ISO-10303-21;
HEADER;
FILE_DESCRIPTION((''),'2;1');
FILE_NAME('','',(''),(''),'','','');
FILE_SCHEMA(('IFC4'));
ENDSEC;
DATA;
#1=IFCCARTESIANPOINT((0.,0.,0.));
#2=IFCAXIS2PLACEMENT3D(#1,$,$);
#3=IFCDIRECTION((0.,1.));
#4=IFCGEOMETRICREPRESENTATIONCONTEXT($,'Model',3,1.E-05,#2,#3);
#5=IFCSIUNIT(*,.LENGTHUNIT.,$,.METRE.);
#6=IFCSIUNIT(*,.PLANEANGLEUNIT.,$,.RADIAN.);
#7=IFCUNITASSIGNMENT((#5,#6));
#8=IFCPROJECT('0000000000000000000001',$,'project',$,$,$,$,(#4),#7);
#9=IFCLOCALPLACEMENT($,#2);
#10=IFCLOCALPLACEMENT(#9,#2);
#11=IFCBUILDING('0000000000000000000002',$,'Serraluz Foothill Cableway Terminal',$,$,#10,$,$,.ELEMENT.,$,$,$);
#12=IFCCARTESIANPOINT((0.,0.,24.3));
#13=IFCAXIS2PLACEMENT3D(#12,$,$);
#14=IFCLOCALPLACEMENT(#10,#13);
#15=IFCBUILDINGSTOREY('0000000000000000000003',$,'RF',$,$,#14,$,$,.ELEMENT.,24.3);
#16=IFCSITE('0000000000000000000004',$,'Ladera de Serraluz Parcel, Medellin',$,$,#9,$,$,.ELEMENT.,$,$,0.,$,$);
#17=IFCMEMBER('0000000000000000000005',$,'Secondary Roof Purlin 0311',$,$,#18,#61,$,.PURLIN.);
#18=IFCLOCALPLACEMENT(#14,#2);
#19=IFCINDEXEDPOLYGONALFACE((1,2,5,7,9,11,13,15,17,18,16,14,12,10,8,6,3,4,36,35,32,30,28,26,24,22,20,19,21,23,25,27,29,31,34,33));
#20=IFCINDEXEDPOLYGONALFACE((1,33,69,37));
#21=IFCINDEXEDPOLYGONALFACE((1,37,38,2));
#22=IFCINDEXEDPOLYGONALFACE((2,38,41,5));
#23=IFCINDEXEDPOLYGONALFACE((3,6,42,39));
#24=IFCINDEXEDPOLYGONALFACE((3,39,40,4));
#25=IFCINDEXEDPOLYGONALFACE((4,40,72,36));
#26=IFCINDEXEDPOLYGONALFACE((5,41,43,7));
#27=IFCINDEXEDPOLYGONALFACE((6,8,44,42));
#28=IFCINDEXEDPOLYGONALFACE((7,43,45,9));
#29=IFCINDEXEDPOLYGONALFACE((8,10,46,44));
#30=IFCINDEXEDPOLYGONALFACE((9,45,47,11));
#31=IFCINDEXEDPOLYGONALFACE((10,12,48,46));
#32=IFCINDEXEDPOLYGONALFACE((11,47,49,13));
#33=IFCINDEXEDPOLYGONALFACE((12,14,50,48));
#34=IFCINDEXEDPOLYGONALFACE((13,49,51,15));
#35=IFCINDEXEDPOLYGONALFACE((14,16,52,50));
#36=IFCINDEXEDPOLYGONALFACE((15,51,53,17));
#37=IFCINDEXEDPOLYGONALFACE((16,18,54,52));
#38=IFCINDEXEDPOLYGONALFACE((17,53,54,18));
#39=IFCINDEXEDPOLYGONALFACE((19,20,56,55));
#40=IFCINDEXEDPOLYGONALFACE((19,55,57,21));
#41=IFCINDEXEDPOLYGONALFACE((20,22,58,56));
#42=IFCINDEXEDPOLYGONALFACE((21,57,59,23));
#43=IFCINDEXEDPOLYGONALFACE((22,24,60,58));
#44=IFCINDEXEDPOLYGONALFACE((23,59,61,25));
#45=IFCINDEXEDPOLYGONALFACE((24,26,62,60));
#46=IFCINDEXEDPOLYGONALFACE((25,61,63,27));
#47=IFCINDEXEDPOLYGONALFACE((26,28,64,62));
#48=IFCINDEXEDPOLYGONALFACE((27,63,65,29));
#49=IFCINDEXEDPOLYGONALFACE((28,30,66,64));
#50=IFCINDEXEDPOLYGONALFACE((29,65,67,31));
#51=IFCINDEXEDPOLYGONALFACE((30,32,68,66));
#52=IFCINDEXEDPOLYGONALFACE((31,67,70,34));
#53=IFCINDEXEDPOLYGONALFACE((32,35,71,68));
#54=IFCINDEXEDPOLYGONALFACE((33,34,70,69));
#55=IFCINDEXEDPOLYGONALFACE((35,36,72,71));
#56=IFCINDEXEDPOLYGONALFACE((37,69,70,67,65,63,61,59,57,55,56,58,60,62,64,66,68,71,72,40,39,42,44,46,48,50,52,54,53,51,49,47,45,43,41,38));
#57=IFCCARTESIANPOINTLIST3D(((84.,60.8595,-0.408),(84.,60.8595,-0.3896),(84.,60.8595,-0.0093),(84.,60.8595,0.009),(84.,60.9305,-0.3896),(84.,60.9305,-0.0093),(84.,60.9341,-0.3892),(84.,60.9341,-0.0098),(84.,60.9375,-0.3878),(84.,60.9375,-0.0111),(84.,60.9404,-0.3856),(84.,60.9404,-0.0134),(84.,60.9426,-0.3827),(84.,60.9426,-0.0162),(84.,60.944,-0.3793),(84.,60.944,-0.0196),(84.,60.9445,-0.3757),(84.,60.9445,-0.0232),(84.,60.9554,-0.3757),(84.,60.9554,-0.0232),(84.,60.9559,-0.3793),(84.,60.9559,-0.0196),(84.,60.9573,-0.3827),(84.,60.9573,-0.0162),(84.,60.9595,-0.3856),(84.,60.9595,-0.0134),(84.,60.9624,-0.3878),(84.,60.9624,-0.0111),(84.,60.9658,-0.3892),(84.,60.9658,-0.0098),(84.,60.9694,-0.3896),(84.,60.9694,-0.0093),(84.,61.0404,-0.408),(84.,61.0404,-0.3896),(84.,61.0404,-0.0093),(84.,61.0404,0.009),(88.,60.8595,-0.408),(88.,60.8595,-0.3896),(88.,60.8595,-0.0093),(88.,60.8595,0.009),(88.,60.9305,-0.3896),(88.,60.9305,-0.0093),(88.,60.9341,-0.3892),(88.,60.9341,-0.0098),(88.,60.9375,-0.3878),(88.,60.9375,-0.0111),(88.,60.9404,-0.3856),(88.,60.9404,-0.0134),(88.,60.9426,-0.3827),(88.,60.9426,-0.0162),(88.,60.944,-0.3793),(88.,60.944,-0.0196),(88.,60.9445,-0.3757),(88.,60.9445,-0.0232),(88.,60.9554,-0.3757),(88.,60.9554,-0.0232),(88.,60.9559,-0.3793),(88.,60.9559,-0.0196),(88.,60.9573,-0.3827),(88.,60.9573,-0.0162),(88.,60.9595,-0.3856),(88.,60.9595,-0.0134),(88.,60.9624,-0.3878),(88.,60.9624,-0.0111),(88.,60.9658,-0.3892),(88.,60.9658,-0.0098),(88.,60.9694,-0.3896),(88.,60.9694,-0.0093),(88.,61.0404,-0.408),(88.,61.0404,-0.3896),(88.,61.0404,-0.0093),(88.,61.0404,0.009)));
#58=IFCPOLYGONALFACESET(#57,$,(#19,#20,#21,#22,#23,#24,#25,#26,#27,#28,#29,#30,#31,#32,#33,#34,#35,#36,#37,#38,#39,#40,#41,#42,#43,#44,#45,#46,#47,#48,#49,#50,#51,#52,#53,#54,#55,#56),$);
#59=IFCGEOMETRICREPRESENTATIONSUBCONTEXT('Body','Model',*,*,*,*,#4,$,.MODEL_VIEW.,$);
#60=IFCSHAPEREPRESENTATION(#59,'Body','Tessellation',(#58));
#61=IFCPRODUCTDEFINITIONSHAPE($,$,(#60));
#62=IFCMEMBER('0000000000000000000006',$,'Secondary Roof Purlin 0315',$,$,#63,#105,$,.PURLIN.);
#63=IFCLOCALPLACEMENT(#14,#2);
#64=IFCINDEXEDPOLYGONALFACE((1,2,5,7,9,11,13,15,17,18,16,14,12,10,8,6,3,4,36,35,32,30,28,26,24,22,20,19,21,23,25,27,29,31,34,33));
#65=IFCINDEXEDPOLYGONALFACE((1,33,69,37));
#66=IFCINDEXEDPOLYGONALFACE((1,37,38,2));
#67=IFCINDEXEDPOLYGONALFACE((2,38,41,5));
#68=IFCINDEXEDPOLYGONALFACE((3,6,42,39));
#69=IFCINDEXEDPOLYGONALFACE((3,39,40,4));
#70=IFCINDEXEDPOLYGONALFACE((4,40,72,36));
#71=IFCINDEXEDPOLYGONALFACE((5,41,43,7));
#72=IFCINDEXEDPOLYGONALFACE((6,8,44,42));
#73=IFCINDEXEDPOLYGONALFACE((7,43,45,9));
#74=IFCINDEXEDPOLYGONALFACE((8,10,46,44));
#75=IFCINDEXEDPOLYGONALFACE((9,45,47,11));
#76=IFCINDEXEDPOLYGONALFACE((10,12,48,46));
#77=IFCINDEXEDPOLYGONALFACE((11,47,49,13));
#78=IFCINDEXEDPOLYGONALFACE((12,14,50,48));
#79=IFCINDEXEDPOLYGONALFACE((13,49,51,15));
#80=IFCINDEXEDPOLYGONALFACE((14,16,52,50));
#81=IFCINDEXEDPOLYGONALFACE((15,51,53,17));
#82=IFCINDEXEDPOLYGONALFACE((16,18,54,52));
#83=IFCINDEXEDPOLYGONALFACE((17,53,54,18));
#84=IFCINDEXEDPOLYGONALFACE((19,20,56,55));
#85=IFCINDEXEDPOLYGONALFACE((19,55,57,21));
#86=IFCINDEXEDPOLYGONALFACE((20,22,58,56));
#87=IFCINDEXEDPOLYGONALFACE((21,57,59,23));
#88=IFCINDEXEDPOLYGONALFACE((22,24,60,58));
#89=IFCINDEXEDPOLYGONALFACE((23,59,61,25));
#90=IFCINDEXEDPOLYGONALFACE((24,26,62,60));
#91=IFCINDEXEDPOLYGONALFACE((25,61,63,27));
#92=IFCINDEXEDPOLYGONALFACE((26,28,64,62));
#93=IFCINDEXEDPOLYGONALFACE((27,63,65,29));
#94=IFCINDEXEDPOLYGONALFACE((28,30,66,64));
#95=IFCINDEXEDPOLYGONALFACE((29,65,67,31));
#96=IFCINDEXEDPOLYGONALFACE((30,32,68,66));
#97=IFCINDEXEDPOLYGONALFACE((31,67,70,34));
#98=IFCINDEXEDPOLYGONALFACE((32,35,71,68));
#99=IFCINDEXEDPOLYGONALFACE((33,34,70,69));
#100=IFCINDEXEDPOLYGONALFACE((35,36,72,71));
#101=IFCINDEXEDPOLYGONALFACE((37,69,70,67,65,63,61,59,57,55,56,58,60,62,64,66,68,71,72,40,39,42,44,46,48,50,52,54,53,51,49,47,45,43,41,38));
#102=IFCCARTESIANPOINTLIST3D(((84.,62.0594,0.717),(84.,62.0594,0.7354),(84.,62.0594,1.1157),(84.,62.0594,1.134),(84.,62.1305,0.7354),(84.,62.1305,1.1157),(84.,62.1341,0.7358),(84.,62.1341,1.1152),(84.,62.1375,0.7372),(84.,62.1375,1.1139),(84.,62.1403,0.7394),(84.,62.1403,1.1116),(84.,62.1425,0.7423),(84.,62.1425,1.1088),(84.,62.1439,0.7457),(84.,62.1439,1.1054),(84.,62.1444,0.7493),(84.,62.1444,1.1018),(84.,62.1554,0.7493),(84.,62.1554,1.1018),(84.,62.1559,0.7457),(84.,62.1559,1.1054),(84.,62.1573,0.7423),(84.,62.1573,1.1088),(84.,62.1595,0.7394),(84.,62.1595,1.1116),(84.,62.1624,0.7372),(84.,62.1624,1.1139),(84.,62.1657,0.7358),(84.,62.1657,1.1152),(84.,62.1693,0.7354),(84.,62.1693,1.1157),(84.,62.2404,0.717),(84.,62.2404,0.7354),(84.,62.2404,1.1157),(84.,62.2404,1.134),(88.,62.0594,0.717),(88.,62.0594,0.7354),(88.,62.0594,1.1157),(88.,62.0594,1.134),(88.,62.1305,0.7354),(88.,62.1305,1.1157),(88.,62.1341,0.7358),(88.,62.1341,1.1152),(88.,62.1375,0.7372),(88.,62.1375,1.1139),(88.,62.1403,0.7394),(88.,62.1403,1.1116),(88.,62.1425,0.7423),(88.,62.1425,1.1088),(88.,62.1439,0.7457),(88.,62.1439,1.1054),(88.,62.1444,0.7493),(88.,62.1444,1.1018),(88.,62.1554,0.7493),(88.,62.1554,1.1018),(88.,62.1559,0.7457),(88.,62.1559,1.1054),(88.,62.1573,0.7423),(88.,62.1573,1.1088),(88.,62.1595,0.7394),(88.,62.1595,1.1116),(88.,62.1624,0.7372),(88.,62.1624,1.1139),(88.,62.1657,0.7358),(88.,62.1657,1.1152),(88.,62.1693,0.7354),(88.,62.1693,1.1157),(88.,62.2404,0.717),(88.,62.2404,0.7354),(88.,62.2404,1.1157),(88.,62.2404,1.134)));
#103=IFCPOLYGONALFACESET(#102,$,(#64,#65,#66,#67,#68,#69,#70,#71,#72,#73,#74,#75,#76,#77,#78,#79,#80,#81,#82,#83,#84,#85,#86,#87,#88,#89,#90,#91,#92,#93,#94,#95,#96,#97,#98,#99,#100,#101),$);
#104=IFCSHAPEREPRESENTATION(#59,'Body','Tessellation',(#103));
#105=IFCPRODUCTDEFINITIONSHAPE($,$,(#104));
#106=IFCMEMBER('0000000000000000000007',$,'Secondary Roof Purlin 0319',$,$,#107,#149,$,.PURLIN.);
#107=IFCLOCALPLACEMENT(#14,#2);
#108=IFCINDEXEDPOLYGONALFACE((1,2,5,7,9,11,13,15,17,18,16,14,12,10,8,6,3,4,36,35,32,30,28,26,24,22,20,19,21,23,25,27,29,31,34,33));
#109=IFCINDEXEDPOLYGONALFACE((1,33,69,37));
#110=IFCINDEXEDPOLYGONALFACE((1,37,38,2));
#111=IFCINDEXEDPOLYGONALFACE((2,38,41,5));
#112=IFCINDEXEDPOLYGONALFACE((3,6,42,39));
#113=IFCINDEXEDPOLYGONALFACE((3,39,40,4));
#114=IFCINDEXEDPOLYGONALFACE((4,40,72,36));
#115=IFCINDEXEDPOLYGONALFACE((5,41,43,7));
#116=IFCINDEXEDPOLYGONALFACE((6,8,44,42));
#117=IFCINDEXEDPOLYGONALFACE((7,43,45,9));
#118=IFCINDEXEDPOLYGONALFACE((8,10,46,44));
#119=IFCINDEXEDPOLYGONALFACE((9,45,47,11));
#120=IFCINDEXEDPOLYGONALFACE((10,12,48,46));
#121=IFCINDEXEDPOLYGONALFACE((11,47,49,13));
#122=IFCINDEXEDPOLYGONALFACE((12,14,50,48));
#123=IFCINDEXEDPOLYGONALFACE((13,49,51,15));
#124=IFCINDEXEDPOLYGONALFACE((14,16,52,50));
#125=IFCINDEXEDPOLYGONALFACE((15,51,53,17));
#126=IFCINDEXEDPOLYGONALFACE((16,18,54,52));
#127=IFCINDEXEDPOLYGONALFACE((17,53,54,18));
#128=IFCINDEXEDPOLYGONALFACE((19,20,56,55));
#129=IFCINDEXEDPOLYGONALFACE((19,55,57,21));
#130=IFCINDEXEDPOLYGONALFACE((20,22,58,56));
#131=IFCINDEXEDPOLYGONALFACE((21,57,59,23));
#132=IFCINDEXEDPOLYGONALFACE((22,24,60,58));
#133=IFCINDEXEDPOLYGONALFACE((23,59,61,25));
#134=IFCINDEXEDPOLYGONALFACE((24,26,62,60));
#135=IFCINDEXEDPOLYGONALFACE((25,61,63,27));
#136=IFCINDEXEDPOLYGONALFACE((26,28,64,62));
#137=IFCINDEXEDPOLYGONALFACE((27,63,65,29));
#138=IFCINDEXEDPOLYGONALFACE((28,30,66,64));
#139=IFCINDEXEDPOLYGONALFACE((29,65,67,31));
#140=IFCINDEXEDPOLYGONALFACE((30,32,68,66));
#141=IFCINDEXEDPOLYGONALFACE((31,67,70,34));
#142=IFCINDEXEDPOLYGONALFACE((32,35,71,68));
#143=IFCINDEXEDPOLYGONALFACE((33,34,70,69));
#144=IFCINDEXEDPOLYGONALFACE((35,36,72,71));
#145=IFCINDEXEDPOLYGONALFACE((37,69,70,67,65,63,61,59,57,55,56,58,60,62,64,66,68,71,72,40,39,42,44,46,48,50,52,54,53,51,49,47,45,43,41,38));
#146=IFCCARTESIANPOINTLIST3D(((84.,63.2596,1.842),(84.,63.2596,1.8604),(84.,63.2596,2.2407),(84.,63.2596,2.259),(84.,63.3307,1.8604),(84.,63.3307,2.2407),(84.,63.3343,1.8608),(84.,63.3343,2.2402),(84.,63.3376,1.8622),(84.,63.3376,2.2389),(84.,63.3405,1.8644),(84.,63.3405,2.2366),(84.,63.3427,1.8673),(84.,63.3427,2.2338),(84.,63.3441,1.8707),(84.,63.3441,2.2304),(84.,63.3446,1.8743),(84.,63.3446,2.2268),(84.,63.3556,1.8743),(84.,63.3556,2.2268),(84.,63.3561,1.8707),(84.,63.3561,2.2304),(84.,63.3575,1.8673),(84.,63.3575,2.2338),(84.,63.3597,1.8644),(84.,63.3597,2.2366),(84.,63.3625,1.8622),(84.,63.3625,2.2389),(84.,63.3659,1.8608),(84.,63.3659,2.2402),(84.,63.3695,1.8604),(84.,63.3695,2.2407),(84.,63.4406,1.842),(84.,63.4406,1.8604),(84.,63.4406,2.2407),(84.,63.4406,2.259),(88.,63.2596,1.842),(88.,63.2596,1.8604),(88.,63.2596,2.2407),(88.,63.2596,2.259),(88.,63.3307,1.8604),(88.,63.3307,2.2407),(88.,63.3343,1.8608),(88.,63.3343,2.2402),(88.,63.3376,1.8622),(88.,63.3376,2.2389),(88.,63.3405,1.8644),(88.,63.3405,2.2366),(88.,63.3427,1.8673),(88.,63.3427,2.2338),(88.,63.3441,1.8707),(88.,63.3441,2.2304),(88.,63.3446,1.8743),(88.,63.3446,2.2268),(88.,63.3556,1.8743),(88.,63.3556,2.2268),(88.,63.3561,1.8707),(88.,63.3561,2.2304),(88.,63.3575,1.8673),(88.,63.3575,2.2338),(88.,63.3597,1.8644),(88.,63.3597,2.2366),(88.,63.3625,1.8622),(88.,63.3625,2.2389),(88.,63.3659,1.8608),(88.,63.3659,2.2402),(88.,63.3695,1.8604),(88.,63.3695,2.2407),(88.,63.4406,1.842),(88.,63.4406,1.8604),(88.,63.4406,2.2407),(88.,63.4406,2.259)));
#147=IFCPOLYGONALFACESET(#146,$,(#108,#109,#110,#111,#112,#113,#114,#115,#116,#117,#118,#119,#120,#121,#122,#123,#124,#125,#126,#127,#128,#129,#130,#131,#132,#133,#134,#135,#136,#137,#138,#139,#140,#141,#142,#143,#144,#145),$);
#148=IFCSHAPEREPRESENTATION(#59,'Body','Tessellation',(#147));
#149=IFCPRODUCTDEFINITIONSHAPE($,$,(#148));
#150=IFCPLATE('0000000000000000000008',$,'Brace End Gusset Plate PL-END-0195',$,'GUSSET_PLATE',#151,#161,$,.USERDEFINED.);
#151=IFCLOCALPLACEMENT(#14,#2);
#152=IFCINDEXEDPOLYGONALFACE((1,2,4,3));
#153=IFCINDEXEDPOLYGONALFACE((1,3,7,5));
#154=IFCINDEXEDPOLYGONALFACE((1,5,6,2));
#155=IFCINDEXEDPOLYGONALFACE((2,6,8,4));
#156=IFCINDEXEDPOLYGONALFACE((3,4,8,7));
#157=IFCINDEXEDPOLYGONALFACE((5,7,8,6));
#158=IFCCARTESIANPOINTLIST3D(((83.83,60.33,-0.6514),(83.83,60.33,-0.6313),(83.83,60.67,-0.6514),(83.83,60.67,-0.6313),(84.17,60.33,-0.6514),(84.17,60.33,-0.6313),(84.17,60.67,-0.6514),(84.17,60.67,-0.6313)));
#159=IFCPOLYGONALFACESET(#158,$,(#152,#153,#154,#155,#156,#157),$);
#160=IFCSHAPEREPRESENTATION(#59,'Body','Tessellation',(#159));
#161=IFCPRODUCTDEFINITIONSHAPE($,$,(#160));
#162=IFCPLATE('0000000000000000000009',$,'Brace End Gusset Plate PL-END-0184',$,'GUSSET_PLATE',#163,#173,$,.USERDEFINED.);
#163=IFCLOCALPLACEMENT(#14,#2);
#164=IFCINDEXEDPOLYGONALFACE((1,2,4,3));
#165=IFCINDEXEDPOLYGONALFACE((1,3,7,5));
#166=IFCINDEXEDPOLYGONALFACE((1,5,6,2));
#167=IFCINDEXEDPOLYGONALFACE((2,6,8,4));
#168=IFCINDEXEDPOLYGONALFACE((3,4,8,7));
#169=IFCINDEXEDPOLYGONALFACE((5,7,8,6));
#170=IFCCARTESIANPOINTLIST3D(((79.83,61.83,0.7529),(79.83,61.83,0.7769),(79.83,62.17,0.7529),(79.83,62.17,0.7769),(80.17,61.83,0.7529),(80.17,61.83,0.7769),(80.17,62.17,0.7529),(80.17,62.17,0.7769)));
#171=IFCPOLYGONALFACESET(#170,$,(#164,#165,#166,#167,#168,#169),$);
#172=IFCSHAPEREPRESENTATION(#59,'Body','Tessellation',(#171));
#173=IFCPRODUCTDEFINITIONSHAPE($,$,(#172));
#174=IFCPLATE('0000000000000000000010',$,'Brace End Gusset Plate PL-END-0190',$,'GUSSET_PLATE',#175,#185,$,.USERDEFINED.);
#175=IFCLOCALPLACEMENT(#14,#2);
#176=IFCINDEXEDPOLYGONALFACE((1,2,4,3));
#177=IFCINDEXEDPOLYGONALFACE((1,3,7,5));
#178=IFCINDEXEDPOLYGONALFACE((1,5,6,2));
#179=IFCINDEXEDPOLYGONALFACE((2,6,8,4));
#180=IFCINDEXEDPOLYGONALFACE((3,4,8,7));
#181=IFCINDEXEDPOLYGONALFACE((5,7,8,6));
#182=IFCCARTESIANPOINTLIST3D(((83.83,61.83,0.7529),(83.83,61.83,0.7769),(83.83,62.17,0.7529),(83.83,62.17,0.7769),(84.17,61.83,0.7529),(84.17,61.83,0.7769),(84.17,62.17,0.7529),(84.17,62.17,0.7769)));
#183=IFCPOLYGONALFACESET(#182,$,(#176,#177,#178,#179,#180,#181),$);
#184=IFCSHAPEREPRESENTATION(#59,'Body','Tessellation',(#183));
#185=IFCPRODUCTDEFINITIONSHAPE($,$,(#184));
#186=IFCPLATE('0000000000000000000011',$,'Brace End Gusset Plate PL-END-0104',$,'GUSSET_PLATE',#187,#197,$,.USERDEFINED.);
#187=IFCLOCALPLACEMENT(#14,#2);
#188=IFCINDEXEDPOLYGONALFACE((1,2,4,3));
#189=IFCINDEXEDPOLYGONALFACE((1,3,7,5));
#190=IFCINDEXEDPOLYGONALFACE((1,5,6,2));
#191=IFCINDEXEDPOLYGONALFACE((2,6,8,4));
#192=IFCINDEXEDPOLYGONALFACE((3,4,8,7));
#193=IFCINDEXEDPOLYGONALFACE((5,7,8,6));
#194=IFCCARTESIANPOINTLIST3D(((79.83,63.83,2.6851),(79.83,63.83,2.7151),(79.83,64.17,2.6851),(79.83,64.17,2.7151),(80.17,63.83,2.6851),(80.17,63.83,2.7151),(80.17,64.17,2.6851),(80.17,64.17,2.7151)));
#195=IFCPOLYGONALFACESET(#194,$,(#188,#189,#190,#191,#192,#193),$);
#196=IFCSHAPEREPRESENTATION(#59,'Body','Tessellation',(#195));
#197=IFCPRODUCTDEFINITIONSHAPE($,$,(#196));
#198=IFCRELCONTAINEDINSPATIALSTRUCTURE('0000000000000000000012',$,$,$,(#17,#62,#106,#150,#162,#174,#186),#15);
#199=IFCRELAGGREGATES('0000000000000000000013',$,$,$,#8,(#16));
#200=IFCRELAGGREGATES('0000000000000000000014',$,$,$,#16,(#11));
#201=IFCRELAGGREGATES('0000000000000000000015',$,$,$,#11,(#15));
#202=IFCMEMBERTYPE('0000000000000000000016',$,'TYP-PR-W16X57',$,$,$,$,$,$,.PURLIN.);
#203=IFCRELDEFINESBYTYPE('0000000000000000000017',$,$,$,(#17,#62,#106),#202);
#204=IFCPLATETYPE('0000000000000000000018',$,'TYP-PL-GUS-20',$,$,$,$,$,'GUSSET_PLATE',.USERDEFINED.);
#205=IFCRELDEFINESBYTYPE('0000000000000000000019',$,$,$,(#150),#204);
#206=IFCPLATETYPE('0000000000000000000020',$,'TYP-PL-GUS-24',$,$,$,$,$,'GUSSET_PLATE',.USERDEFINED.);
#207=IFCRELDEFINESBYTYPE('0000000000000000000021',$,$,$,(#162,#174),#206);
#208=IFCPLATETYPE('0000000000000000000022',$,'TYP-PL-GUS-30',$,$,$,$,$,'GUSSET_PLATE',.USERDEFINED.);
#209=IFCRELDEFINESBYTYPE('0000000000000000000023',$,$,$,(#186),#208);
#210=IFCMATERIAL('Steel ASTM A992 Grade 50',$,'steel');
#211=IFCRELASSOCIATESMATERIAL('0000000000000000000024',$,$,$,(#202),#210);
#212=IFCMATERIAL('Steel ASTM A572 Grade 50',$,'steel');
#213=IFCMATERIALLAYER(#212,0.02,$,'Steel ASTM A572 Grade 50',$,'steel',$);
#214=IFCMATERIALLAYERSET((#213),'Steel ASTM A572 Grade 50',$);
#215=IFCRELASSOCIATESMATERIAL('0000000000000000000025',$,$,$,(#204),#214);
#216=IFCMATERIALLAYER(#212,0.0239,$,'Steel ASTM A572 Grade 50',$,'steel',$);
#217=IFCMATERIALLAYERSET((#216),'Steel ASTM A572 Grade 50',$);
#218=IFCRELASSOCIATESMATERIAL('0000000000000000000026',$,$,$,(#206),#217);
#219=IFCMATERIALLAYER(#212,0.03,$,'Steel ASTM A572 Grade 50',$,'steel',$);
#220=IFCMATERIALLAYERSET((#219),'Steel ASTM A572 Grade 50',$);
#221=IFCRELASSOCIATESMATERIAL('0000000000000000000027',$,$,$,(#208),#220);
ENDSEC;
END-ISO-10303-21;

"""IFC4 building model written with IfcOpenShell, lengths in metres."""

from ifc_helpers import new_model, si_unit, direction, frame, origin, origin_2d, place, context, subcontext, project, spatial, rectangle, i_section, extrude, material, layer, layer_set, material_profile, profile_set, type_object, element, save


model = new_model("IFC4")

# Units and contexts
model_context = context("Model", 3, precision=1e-05, world=origin(), true_north=direction((0.0, 1.0)))
body_context = subcontext(model_context, "Body", "Model", "MODEL_VIEW")
ifc_project = project(units=[si_unit("LENGTHUNIT", "METRE"), si_unit("PLANEANGLEUNIT", "RADIAN")], contexts=[model_context])

# Site, building, storey
site_placement = place(None, origin())
site = spatial("IfcSite", under=ifc_project, at=site_placement, Name="Ladera de Serraluz Parcel, Medellin", CompositionType="ELEMENT", RefElevation=0.0)
building_placement = place(site_placement, origin())
building = spatial("IfcBuilding", under=site, at=building_placement, Name="Serraluz Foothill Cableway Terminal", CompositionType="ELEMENT")
storey_placement = place(building_placement, frame((0.0, 0.0, 24.3)))
storey = spatial("IfcBuildingStorey", under=building, at=storey_placement, Name="RF", CompositionType="ELEMENT", Elevation=24.3)

# Members
ifc_material_1 = material(Name="Steel ASTM A572 Grade 50", Category="steel")
ifc_material_2 = material(Name="Steel ASTM A992 Grade 50", Category="steel")
ifc_material_profile_1 = material_profile(ifc_material_2, i_section(OverallWidth=0.1809, OverallDepth=0.417, WebThickness=0.011, FlangeThickness=0.0183, FilletRadius=0.0139, at=origin_2d()), Name="W16X57")
ifc_profile_set_1 = profile_set([ifc_material_profile_1], Name="Steel ASTM A992 Grade 50")
member_type_1 = type_object("IfcMemberType", Name="TYP-PR-W16X57", PredefinedType="PURLIN", material=ifc_profile_set_1)
for number, where, z_axis, x_axis, name in (
    (1, (84.0, 60.95, -0.1995), (1.0, 0.0, 0.0), (0.0, 1.0, 0.0), "Secondary Roof Purlin 0311"),
    (2, (84.0, 62.1499, 0.9255), (1.0, 0.0, 0.0), (0.0, 1.0, 0.0), "Secondary Roof Purlin 0315"),
    (3, (84.0, 63.3501, 2.0505), (1.0, 0.0, 0.0), (0.0, 1.0, 0.0), "Secondary Roof Purlin 0319"),
):
    element("IfcMember", number, at=place(storey_placement, frame(where, z_axis=z_axis, x_axis=x_axis)), inside=storey, type_object=member_type_1, Name=name, PredefinedType="PURLIN", context=body_context, shape_type="SweptSolid", body=[
        extrude(i_section(OverallWidth=0.1809, OverallDepth=0.417, WebThickness=0.011, FlangeThickness=0.0183, FilletRadius=0.0139, at=origin_2d()), origin(), (0.0, 0.0, 1.0), 4.0),
    ])

# Plates
ifc_layer_1 = layer(ifc_material_1, 0.02, Name="Steel ASTM A572 Grade 50", Category="steel")
ifc_layer_set_1 = layer_set([ifc_layer_1], Name="Steel ASTM A572 Grade 50")
plate_type_1 = type_object("IfcPlateType", Name="TYP-PL-GUS-20", ElementType="GUSSET_PLATE", PredefinedType="USERDEFINED", material=ifc_layer_set_1)
plate_placement = place(storey_placement, frame((84.0, 60.5, -0.6514), z_axis=(0.0, 0.0, 1.0), x_axis=(1.0, 0.0, 0.0)))
element("IfcPlate", 4, at=plate_placement, inside=storey, type_object=plate_type_1, Name="Brace End Gusset Plate PL-END-0195", ObjectType="GUSSET_PLATE", PredefinedType="USERDEFINED", context=body_context, shape_type="SweptSolid", body=[
    extrude(rectangle(XDim=0.3401, YDim=0.3401, at=origin_2d()), origin(), (0.0, 0.0, 1.0), 0.02),
])
ifc_layer_2 = layer(ifc_material_1, 0.0239, Name="Steel ASTM A572 Grade 50", Category="steel")
ifc_layer_set_2 = layer_set([ifc_layer_2], Name="Steel ASTM A572 Grade 50")
plate_type_2 = type_object("IfcPlateType", Name="TYP-PL-GUS-24", ElementType="GUSSET_PLATE", PredefinedType="USERDEFINED", material=ifc_layer_set_2)
for number, where, z_axis, x_axis, name in (
    (5, (80.0, 62.0, 0.7529), (0.0, 0.0, 1.0), (1.0, 0.0, 0.0), "Brace End Gusset Plate PL-END-0184"),
    (6, (84.0, 62.0, 0.7529), (0.0, 0.0, 1.0), (1.0, 0.0, 0.0), "Brace End Gusset Plate PL-END-0190"),
):
    element("IfcPlate", number, at=place(storey_placement, frame(where, z_axis=z_axis, x_axis=x_axis)), inside=storey, type_object=plate_type_2, Name=name, ObjectType="GUSSET_PLATE", PredefinedType="USERDEFINED", context=body_context, shape_type="SweptSolid", body=[
        extrude(rectangle(XDim=0.3401, YDim=0.3401, at=origin_2d()), origin(), (0.0, 0.0, 1.0), 0.0239),
    ])
ifc_layer_3 = layer(ifc_material_1, 0.03, Name="Steel ASTM A572 Grade 50", Category="steel")
ifc_layer_set_3 = layer_set([ifc_layer_3], Name="Steel ASTM A572 Grade 50")
plate_type_3 = type_object("IfcPlateType", Name="TYP-PL-GUS-30", ElementType="GUSSET_PLATE", PredefinedType="USERDEFINED", material=ifc_layer_set_3)
for number, where, z_axis, x_axis, name in (
    (7, (80.0, 64.0, 2.6851), (0.0, 0.0, 1.0), (1.0, 0.0, 0.0), "Brace End Gusset Plate PL-END-0104"),
):
    element("IfcPlate", number, at=place(storey_placement, frame(where, z_axis=z_axis, x_axis=x_axis)), inside=storey, type_object=plate_type_3, Name=name, ObjectType="GUSSET_PLATE", PredefinedType="USERDEFINED", context=body_context, shape_type="SweptSolid", body=[
        extrude(rectangle(XDim=0.3401, YDim=0.3401, at=origin_2d()), origin(), (0.0, 0.0, 1.0), 0.03),
    ])

save(model, "model.ifc")
